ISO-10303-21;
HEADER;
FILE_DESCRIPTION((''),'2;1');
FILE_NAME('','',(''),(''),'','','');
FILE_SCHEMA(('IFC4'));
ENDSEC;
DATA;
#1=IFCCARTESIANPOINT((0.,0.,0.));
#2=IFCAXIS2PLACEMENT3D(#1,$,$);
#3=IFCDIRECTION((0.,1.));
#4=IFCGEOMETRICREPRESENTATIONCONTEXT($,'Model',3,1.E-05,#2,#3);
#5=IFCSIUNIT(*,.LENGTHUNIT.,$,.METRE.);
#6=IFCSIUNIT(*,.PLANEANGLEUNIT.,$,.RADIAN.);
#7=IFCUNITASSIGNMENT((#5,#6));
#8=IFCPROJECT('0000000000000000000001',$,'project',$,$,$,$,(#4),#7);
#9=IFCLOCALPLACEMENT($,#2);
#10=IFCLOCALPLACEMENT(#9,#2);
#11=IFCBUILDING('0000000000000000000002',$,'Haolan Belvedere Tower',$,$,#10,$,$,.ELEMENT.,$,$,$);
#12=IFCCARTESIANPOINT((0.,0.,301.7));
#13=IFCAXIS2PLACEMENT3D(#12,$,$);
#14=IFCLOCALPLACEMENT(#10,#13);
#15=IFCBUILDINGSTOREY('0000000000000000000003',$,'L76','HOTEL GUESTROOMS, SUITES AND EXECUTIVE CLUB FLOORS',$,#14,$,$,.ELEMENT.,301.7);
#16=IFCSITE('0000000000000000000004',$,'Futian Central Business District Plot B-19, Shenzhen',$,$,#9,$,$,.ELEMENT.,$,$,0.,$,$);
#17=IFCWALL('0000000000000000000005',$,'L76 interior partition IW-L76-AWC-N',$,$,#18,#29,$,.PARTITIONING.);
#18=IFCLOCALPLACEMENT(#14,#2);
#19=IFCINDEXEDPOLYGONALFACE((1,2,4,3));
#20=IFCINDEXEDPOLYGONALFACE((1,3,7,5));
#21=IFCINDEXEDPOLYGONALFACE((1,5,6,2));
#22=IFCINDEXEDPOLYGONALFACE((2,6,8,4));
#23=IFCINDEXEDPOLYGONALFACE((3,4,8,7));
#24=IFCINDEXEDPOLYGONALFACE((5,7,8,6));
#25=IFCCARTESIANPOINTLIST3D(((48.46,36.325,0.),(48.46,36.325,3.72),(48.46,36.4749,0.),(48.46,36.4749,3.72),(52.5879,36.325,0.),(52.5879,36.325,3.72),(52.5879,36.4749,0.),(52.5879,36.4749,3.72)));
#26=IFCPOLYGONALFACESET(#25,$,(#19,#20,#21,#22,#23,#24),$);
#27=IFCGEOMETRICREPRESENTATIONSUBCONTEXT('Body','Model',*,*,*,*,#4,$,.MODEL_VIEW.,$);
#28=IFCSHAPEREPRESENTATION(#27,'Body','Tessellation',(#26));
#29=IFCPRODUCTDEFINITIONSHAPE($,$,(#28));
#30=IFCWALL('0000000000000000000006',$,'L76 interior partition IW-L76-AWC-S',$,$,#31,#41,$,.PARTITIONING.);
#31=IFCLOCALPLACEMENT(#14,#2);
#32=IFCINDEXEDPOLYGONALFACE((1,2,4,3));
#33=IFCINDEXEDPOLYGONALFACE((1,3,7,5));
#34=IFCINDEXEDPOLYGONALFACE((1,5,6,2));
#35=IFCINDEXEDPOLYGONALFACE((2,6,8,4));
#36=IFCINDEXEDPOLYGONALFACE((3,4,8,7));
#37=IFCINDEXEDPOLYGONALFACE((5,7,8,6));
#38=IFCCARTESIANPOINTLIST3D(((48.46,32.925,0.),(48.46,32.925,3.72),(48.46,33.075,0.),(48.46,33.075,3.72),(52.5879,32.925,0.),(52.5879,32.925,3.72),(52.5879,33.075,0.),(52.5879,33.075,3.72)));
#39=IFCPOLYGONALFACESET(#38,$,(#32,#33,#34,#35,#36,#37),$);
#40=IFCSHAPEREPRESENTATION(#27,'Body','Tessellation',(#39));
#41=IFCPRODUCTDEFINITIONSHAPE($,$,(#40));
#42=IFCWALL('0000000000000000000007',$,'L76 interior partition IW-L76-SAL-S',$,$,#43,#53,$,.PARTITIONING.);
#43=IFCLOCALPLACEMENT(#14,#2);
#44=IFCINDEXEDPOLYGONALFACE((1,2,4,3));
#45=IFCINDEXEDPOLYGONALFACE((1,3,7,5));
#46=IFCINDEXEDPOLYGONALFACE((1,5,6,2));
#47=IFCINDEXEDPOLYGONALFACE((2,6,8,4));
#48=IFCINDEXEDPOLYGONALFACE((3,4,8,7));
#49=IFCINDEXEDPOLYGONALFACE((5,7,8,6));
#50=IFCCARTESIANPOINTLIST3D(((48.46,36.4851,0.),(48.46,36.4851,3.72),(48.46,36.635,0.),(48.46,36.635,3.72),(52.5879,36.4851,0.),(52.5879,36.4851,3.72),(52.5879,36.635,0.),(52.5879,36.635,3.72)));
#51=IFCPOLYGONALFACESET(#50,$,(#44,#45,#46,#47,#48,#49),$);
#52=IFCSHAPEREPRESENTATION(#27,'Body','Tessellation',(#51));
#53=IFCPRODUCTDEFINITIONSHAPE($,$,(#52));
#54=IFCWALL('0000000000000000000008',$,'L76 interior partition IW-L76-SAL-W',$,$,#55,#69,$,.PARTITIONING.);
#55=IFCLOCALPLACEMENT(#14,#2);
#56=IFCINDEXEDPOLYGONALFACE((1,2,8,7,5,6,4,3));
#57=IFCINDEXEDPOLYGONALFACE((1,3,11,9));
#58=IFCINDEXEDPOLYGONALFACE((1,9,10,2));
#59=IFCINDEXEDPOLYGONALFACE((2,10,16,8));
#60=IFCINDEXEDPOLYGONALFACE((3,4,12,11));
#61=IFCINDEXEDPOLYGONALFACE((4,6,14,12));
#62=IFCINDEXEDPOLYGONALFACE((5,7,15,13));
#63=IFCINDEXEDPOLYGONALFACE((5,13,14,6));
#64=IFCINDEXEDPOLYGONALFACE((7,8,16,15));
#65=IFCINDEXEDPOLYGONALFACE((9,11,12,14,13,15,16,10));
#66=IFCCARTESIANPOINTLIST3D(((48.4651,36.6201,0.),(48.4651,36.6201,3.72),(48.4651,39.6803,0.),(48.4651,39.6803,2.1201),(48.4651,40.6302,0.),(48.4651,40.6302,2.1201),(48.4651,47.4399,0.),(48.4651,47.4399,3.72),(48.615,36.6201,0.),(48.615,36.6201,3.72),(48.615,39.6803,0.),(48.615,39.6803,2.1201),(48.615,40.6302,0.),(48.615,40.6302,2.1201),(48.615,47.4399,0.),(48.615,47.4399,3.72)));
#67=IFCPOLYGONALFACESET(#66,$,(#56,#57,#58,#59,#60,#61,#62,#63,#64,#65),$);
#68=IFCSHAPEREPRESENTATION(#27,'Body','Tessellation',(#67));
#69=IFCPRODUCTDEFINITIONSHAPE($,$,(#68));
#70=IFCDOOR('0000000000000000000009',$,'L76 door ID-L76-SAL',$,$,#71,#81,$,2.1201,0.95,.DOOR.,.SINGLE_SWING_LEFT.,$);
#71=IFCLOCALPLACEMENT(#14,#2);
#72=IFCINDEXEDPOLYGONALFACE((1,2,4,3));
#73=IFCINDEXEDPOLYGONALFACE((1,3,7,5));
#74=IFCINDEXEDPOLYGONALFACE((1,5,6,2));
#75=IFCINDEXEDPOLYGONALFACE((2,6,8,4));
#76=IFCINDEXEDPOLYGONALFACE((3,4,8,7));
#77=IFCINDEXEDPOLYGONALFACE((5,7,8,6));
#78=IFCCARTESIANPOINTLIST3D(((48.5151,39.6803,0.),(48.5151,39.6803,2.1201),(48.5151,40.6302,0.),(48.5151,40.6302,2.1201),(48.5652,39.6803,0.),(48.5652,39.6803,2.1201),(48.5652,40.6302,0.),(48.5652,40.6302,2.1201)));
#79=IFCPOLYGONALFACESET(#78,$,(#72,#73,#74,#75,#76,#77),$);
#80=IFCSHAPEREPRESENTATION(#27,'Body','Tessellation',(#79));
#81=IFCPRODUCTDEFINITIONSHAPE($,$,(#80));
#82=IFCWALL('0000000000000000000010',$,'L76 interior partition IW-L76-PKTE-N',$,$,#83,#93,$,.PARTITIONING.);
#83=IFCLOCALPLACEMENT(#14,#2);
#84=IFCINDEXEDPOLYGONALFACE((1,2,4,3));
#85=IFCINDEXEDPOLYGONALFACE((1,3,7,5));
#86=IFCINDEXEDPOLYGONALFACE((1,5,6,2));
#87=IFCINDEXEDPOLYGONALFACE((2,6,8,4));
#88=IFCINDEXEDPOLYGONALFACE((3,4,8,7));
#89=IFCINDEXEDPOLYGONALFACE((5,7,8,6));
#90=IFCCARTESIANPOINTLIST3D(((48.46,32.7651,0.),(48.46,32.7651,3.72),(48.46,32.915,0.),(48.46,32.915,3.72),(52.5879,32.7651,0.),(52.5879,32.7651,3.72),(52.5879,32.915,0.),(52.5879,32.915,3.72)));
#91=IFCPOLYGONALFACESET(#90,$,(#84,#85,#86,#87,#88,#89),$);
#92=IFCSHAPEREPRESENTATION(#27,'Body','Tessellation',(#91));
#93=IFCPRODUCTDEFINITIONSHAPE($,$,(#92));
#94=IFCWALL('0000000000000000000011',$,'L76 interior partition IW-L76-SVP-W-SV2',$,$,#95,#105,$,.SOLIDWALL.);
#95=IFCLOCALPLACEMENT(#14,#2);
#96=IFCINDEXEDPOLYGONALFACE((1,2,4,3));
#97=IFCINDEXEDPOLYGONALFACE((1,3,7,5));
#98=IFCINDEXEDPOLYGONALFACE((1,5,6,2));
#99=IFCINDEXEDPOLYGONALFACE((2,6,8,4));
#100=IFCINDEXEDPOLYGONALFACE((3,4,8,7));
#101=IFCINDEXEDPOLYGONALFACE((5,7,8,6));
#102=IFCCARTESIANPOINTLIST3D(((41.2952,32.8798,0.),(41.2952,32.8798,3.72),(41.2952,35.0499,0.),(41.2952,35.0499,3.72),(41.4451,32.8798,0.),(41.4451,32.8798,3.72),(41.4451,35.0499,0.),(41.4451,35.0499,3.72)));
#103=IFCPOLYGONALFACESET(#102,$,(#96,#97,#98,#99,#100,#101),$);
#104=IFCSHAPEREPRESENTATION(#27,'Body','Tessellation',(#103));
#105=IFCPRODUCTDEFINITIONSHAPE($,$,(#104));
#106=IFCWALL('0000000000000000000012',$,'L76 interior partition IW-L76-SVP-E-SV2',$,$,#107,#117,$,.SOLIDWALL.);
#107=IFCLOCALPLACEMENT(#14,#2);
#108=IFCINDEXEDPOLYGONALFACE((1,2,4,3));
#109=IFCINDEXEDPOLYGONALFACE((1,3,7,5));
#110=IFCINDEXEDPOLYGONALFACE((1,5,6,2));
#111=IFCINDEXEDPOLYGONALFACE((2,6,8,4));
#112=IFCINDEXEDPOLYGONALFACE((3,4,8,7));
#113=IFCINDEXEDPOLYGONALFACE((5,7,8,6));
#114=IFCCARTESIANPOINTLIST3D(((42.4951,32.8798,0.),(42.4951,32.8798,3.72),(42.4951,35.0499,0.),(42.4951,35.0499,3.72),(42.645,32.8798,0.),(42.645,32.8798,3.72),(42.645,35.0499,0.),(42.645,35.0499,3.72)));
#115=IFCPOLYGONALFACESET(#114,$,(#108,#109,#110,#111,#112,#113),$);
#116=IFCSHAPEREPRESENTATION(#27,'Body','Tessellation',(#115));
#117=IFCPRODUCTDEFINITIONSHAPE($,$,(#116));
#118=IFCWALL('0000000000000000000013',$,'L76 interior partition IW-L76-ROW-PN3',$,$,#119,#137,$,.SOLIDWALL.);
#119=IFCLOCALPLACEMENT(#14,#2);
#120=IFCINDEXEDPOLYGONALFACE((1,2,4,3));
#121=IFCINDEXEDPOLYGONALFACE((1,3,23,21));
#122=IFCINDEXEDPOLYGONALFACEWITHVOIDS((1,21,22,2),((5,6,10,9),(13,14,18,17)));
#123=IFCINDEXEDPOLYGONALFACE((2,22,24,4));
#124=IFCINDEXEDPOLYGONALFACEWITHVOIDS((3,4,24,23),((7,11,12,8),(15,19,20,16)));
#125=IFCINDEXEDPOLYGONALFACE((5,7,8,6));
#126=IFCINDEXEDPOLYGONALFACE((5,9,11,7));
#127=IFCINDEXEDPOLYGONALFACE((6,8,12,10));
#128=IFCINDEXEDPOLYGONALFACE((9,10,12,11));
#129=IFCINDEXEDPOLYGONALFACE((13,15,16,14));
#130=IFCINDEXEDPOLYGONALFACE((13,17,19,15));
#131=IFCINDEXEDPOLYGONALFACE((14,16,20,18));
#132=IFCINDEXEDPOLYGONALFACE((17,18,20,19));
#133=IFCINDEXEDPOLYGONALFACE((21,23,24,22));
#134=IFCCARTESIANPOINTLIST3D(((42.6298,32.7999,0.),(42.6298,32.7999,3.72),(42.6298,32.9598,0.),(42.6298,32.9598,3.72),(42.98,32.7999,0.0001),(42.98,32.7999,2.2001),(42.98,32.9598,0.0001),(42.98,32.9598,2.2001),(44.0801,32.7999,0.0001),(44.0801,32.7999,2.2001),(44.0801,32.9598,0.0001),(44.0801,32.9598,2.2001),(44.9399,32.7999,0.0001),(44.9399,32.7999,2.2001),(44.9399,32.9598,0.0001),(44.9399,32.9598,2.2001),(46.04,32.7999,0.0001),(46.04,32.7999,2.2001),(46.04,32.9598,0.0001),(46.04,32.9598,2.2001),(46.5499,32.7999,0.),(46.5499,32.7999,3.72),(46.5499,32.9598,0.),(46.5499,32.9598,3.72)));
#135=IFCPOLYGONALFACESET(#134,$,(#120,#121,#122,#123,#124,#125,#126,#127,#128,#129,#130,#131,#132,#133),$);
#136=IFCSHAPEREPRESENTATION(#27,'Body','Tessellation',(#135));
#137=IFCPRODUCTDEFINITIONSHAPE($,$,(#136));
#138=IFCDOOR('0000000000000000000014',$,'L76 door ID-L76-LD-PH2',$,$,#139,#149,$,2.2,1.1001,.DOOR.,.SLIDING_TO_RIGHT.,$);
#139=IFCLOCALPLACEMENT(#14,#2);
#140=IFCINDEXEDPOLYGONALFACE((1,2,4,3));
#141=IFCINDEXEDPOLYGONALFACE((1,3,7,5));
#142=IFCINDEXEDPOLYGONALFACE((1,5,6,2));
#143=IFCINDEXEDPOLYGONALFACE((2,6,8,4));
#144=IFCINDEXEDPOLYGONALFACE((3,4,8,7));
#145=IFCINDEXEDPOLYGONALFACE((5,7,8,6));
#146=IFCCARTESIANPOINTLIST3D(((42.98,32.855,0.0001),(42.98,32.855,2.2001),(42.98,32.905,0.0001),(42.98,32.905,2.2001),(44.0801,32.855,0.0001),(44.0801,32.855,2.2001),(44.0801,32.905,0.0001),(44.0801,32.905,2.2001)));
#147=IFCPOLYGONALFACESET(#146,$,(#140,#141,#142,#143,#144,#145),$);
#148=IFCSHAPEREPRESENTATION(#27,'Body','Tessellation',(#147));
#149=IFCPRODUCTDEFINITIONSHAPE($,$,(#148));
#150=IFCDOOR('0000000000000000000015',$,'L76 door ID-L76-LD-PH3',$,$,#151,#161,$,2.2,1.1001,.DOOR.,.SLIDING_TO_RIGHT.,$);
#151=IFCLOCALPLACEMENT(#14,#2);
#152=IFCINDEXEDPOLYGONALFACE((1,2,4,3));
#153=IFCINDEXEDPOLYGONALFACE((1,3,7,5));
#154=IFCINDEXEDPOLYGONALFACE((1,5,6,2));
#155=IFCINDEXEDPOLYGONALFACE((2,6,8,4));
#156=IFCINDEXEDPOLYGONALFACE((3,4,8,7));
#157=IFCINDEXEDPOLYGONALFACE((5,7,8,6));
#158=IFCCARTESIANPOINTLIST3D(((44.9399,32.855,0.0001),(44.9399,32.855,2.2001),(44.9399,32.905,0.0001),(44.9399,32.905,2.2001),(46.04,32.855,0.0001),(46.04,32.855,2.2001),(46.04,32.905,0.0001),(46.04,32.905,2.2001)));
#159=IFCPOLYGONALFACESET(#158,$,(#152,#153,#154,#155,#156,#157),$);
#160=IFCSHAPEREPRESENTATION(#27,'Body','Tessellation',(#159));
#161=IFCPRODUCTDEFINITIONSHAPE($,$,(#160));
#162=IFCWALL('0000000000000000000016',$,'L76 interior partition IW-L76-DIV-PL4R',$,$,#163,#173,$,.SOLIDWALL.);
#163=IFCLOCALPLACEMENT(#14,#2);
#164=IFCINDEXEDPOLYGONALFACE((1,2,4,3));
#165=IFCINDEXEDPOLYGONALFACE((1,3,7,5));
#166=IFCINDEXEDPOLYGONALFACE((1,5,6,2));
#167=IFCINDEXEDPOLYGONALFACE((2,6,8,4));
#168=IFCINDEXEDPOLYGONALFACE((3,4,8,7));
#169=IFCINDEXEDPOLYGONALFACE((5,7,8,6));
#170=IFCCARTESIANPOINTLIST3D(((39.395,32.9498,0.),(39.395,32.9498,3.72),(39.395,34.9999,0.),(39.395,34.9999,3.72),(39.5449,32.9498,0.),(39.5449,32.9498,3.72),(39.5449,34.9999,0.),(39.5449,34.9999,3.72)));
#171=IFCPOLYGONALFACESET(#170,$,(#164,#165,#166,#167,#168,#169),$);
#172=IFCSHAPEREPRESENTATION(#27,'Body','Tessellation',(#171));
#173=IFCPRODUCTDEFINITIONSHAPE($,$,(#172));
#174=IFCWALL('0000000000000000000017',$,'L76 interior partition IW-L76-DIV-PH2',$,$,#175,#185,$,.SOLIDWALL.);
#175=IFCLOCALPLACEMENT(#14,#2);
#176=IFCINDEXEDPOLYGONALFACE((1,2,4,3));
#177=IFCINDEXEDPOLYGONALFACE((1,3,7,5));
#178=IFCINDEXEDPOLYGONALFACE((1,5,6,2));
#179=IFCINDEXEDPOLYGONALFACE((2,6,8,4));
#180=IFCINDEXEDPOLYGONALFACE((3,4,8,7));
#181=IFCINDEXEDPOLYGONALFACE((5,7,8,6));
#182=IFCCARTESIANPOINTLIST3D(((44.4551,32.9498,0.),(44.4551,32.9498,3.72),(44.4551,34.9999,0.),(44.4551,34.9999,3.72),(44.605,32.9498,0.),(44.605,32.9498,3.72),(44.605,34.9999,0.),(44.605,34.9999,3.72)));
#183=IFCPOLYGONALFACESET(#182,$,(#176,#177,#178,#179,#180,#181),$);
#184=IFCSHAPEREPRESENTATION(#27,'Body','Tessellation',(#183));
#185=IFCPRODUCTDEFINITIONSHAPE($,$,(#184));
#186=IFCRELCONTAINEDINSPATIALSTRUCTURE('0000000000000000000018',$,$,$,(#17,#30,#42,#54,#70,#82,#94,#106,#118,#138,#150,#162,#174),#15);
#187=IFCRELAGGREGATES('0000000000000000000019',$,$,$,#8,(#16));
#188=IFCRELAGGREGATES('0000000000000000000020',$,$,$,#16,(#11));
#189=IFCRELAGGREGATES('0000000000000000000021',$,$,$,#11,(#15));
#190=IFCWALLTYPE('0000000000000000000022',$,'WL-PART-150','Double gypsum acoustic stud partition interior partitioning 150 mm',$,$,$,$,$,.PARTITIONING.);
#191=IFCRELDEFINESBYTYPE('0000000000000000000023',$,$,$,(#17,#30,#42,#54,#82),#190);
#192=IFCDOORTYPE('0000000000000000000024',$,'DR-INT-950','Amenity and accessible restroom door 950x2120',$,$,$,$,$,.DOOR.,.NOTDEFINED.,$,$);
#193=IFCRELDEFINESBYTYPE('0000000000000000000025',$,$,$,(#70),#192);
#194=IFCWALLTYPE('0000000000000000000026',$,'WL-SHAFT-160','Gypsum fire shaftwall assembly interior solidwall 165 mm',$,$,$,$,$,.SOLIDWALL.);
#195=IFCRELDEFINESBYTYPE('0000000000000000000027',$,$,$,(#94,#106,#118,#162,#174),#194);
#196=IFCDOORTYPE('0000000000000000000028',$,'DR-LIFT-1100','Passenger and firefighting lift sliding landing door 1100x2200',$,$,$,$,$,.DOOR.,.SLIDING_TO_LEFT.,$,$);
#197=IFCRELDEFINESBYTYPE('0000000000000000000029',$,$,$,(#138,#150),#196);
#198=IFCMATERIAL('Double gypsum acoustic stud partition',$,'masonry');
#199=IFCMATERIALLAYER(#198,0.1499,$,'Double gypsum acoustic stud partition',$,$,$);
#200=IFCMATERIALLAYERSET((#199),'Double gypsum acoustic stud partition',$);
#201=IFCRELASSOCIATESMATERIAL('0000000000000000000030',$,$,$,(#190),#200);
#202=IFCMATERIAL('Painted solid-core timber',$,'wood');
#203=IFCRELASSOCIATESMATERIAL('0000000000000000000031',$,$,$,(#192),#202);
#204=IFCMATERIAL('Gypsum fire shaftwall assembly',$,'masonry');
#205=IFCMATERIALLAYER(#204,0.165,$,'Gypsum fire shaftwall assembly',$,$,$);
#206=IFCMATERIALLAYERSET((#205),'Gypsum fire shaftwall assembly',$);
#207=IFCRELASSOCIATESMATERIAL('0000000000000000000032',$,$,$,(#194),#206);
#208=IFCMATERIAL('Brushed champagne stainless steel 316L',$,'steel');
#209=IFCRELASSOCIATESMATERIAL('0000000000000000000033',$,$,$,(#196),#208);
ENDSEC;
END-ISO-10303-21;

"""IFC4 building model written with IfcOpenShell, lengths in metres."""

from ifc_helpers import new_model, si_unit, direction, frame, frame_2d, origin, place, context, subcontext, project, spatial, rectangle, extrude, material, layer, layer_set, type_object, element, fill, save


model = new_model("IFC4")

# Units and contexts
model_context = context("Model", 3, precision=1e-05, world=origin(), true_north=direction((0.0, 1.0)))
body_context = subcontext(model_context, "Body", "Model", "MODEL_VIEW")
ifc_project = project(units=[si_unit("LENGTHUNIT", "METRE"), si_unit("PLANEANGLEUNIT", "RADIAN")], contexts=[model_context])

# Site, building, storey
site_placement = place(None, origin())
site = spatial("IfcSite", under=ifc_project, at=site_placement, Name="Futian Central Business District Plot B-19, Shenzhen", CompositionType="ELEMENT", RefElevation=0.0)
building_placement = place(site_placement, origin())
building = spatial("IfcBuilding", under=site, at=building_placement, Name="Haolan Belvedere Tower", CompositionType="ELEMENT")
storey_placement = place(building_placement, frame((0.0, 0.0, 301.7)))
storey = spatial("IfcBuildingStorey", under=building, at=storey_placement, Name="L76", Description="HOTEL GUESTROOMS, SUITES AND EXECUTIVE CLUB FLOORS", CompositionType="ELEMENT", Elevation=301.7)

# Walls
ifc_material_1 = material(Name="Double gypsum acoustic stud partition", Category="masonry")
ifc_layer_1 = layer(ifc_material_1, 0.1499, Name="Double gypsum acoustic stud partition")
ifc_layer_set_1 = layer_set([ifc_layer_1], Name="Double gypsum acoustic stud partition")
wall_type_1 = type_object("IfcWallType", Name="WL-PART-150", Description="Double gypsum acoustic stud partition interior partitioning 150 mm", PredefinedType="PARTITIONING", material=ifc_layer_set_1)
for number, where, z_axis, x_axis, name in (
    (1, (48.46, 36.3999, 0.0), (0.0, 0.0, 1.0), (1.0, 0.0, 0.0), "L76 interior partition IW-L76-AWC-N"),
    (2, (48.46, 33.0, 0.0), (0.0, 0.0, 1.0), (1.0, 0.0, 0.0), "L76 interior partition IW-L76-AWC-S"),
):
    element("IfcWall", number, at=place(storey_placement, frame(where, z_axis=z_axis, x_axis=x_axis)), inside=storey, type_object=wall_type_1, Name=name, PredefinedType="PARTITIONING", context=body_context, shape_type="SweptSolid", body=[
        extrude(rectangle(XDim=4.1279, YDim=0.1499, at=frame_2d((2.064, 0.0))), origin(), (0.0, 0.0, 1.0), 3.72),
    ])

# Shared definitions
ifc_material_2 = material(Name="Painted solid-core timber", Category="wood")
door_type_1 = type_object("IfcDoorType", Name="DR-INT-950", Description="Amenity and accessible restroom door 950x2120", OperationType="NOTDEFINED", PredefinedType="DOOR", material=ifc_material_2)

# Wall
wall_1_placement = place(storey_placement, frame((48.46, 36.5601, 0.0), z_axis=(0.0, 0.0, 1.0), x_axis=(1.0, 0.0, 0.0)))
element("IfcWall", 3, at=wall_1_placement, inside=storey, type_object=wall_type_1, Name="L76 interior partition IW-L76-SAL-S", PredefinedType="PARTITIONING", context=body_context, shape_type="SweptSolid", body=[
    extrude(rectangle(XDim=4.1279, YDim=0.1499, at=frame_2d((2.064, 0.0))), origin(), (0.0, 0.0, 1.0), 3.72),
])

# Wall, opening, door
wall_2_placement = place(storey_placement, frame((48.54, 36.6201, 0.0), z_axis=(0.0, 0.0, 1.0), x_axis=(0.0, 1.0, 0.0)))
wall_2 = element("IfcWall", 4, at=wall_2_placement, inside=storey, type_object=wall_type_1, Name="L76 interior partition IW-L76-SAL-W", PredefinedType="PARTITIONING", context=body_context, shape_type="SweptSolid", body=[
    extrude(rectangle(XDim=10.8198, YDim=0.1499, at=frame_2d((5.4099, 0.0))), origin(), (0.0, 0.0, 1.0), 3.72),
])
opening_1_placement = place(wall_2_placement, frame((3.0601, 0.0, 0.0)))
opening_1 = element("IfcOpeningElement", 5, at=opening_1_placement, cuts=wall_2, PredefinedType="OPENING", context=body_context, shape_type="SweptSolid", body=[
    extrude(rectangle(XDim=0.95, YDim=2.1201, at=frame_2d((0.4751, 1.0601))), frame((0.0, 0.085, 0.0), z_axis=(0.0, -1.0, 0.0), x_axis=(1.0, 0.0, 0.0)), (0.0, 0.0, 1.0), 0.1699),
])
door_1_placement = place(opening_1_placement, origin())
door_1 = element("IfcDoor", 6, at=door_1_placement, inside=storey, type_object=door_type_1, Name="L76 door ID-L76-SAL", OperationType="SINGLE_SWING_LEFT", OverallHeight=2.1201, OverallWidth=0.95, PredefinedType="DOOR", context=body_context, shape_type="SweptSolid", body=[
    extrude(rectangle(XDim=0.95, YDim=2.1201, at=frame_2d((0.4751, 1.0601))), frame((0.0, 0.0249, 0.0), z_axis=(0.0, -1.0, 0.0), x_axis=(1.0, 0.0, 0.0)), (0.0, 0.0, 1.0), 0.05),
])
fill(opening_1, door_1)

# Walls
wall_3_placement = place(storey_placement, frame((48.46, 32.8401, 0.0), z_axis=(0.0, 0.0, 1.0), x_axis=(1.0, 0.0, 0.0)))
element("IfcWall", 7, at=wall_3_placement, inside=storey, type_object=wall_type_1, Name="L76 interior partition IW-L76-PKTE-N", PredefinedType="PARTITIONING", context=body_context, shape_type="SweptSolid", body=[
    extrude(rectangle(XDim=4.1279, YDim=0.1499, at=frame_2d((2.064, 0.0))), origin(), (0.0, 0.0, 1.0), 3.72),
])
ifc_material_3 = material(Name="Gypsum fire shaftwall assembly", Category="masonry")
ifc_layer_2 = layer(ifc_material_3, 0.165, Name="Gypsum fire shaftwall assembly")
ifc_layer_set_2 = layer_set([ifc_layer_2], Name="Gypsum fire shaftwall assembly")
wall_type_2 = type_object("IfcWallType", Name="WL-SHAFT-160", Description="Gypsum fire shaftwall assembly interior solidwall 165 mm", PredefinedType="SOLIDWALL", material=ifc_layer_set_2)
for number, where, z_axis, x_axis, name in (
    (8, (41.3701, 32.8799, 0.0), (0.0, 0.0, 1.0), (0.0, 1.0, 0.0), "L76 interior partition IW-L76-SVP-W-SV2"),
    (9, (42.5701, 32.8799, 0.0), (0.0, 0.0, 1.0), (0.0, 1.0, 0.0), "L76 interior partition IW-L76-SVP-E-SV2"),
):
    element("IfcWall", number, at=place(storey_placement, frame(where, z_axis=z_axis, x_axis=x_axis)), inside=storey, type_object=wall_type_2, Name=name, PredefinedType="SOLIDWALL", context=body_context, shape_type="SweptSolid", body=[
        extrude(rectangle(XDim=2.1702, YDim=0.1499, at=frame_2d((1.085, 0.0))), origin(), (0.0, 0.0, 1.0), 3.72),
    ])

# Wall, openings, doors
wall_4_placement = place(storey_placement, frame((42.6299, 32.8799, 0.0), z_axis=(0.0, 0.0, 1.0), x_axis=(1.0, 0.0, 0.0)))
wall_4 = element("IfcWall", 10, at=wall_4_placement, inside=storey, type_object=wall_type_2, Name="L76 interior partition IW-L76-ROW-PN3", PredefinedType="SOLIDWALL", context=body_context, shape_type="SweptSolid", body=[
    extrude(rectangle(XDim=3.9202, YDim=0.1599, at=frame_2d((1.96, 0.0))), origin(), (0.0, 0.0, 1.0), 3.72),
])
opening_2_placement = place(wall_4_placement, frame((1.4502, 0.0, 0.0), z_axis=(0.0, 0.0, 1.0), x_axis=(-1.0, 0.0, 0.0)))
opening_2 = element("IfcOpeningElement", 11, at=opening_2_placement, cuts=wall_4, PredefinedType="OPENING", context=body_context, shape_type="SweptSolid", body=[
    extrude(rectangle(XDim=1.1001, YDim=2.2, at=frame_2d((0.55, 1.1001))), frame((0.0, 0.0898, 0.0), z_axis=(0.0, -1.0, 0.0), x_axis=(1.0, 0.0, 0.0)), (0.0, 0.0, 1.0), 0.1799),
])
opening_3_placement = place(wall_4_placement, frame((3.4102, 0.0, 0.0), z_axis=(0.0, 0.0, 1.0), x_axis=(-1.0, 0.0, 0.0)))
opening_3 = element("IfcOpeningElement", 12, at=opening_3_placement, cuts=wall_4, PredefinedType="OPENING", context=body_context, shape_type="SweptSolid", body=[
    extrude(rectangle(XDim=1.1001, YDim=2.2, at=frame_2d((0.55, 1.1001))), frame((0.0, 0.0898, 0.0), z_axis=(0.0, -1.0, 0.0), x_axis=(1.0, 0.0, 0.0)), (0.0, 0.0, 1.0), 0.1799),
])
ifc_material_4 = material(Name="Brushed champagne stainless steel 316L", Category="steel")
door_type_2 = type_object("IfcDoorType", Name="DR-LIFT-1100", Description="Passenger and firefighting lift sliding landing door 1100x2200", OperationType="SLIDING_TO_LEFT", PredefinedType="DOOR", material=ifc_material_4)
door_2_placement = place(opening_2_placement, origin())
door_2 = element("IfcDoor", 13, at=door_2_placement, inside=storey, type_object=door_type_2, Name="L76 door ID-L76-LD-PH2", OperationType="SLIDING_TO_RIGHT", OverallHeight=2.2, OverallWidth=1.1001, PredefinedType="DOOR", context=body_context, shape_type="SweptSolid", body=[
    extrude(rectangle(XDim=1.1001, YDim=2.2, at=frame_2d((0.55, 1.1001))), frame((0.0, 0.0249, 0.0), z_axis=(0.0, -1.0, 0.0), x_axis=(1.0, 0.0, 0.0)), (0.0, 0.0, 1.0), 0.05),
])
fill(opening_2, door_2)
door_3_placement = place(opening_3_placement, origin())
door_3 = element("IfcDoor", 14, at=door_3_placement, inside=storey, type_object=door_type_2, Name="L76 door ID-L76-LD-PH3", OperationType="SLIDING_TO_RIGHT", OverallHeight=2.2, OverallWidth=1.1001, PredefinedType="DOOR", context=body_context, shape_type="SweptSolid", body=[
    extrude(rectangle(XDim=1.1001, YDim=2.2, at=frame_2d((0.55, 1.1001))), frame((0.0, 0.0249, 0.0), z_axis=(0.0, -1.0, 0.0), x_axis=(1.0, 0.0, 0.0)), (0.0, 0.0, 1.0), 0.05),
])
fill(opening_3, door_3)

# Walls
for number, where, z_axis, x_axis, name in (
    (15, (39.47, 32.95, 0.0), (0.0, 0.0, 1.0), (0.0, 1.0, 0.0), "L76 interior partition IW-L76-DIV-PL4R"),
    (16, (44.53, 32.95, 0.0), (0.0, 0.0, 1.0), (0.0, 1.0, 0.0), "L76 interior partition IW-L76-DIV-PH2"),
):
    element("IfcWall", number, at=place(storey_placement, frame(where, z_axis=z_axis, x_axis=x_axis)), inside=storey, type_object=wall_type_2, Name=name, PredefinedType="SOLIDWALL", context=body_context, shape_type="SweptSolid", body=[
        extrude(rectangle(XDim=2.05, YDim=0.1499, at=frame_2d((1.0249, 0.0))), origin(), (0.0, 0.0, 1.0), 3.72),
    ])

save(model, "model.ifc")
